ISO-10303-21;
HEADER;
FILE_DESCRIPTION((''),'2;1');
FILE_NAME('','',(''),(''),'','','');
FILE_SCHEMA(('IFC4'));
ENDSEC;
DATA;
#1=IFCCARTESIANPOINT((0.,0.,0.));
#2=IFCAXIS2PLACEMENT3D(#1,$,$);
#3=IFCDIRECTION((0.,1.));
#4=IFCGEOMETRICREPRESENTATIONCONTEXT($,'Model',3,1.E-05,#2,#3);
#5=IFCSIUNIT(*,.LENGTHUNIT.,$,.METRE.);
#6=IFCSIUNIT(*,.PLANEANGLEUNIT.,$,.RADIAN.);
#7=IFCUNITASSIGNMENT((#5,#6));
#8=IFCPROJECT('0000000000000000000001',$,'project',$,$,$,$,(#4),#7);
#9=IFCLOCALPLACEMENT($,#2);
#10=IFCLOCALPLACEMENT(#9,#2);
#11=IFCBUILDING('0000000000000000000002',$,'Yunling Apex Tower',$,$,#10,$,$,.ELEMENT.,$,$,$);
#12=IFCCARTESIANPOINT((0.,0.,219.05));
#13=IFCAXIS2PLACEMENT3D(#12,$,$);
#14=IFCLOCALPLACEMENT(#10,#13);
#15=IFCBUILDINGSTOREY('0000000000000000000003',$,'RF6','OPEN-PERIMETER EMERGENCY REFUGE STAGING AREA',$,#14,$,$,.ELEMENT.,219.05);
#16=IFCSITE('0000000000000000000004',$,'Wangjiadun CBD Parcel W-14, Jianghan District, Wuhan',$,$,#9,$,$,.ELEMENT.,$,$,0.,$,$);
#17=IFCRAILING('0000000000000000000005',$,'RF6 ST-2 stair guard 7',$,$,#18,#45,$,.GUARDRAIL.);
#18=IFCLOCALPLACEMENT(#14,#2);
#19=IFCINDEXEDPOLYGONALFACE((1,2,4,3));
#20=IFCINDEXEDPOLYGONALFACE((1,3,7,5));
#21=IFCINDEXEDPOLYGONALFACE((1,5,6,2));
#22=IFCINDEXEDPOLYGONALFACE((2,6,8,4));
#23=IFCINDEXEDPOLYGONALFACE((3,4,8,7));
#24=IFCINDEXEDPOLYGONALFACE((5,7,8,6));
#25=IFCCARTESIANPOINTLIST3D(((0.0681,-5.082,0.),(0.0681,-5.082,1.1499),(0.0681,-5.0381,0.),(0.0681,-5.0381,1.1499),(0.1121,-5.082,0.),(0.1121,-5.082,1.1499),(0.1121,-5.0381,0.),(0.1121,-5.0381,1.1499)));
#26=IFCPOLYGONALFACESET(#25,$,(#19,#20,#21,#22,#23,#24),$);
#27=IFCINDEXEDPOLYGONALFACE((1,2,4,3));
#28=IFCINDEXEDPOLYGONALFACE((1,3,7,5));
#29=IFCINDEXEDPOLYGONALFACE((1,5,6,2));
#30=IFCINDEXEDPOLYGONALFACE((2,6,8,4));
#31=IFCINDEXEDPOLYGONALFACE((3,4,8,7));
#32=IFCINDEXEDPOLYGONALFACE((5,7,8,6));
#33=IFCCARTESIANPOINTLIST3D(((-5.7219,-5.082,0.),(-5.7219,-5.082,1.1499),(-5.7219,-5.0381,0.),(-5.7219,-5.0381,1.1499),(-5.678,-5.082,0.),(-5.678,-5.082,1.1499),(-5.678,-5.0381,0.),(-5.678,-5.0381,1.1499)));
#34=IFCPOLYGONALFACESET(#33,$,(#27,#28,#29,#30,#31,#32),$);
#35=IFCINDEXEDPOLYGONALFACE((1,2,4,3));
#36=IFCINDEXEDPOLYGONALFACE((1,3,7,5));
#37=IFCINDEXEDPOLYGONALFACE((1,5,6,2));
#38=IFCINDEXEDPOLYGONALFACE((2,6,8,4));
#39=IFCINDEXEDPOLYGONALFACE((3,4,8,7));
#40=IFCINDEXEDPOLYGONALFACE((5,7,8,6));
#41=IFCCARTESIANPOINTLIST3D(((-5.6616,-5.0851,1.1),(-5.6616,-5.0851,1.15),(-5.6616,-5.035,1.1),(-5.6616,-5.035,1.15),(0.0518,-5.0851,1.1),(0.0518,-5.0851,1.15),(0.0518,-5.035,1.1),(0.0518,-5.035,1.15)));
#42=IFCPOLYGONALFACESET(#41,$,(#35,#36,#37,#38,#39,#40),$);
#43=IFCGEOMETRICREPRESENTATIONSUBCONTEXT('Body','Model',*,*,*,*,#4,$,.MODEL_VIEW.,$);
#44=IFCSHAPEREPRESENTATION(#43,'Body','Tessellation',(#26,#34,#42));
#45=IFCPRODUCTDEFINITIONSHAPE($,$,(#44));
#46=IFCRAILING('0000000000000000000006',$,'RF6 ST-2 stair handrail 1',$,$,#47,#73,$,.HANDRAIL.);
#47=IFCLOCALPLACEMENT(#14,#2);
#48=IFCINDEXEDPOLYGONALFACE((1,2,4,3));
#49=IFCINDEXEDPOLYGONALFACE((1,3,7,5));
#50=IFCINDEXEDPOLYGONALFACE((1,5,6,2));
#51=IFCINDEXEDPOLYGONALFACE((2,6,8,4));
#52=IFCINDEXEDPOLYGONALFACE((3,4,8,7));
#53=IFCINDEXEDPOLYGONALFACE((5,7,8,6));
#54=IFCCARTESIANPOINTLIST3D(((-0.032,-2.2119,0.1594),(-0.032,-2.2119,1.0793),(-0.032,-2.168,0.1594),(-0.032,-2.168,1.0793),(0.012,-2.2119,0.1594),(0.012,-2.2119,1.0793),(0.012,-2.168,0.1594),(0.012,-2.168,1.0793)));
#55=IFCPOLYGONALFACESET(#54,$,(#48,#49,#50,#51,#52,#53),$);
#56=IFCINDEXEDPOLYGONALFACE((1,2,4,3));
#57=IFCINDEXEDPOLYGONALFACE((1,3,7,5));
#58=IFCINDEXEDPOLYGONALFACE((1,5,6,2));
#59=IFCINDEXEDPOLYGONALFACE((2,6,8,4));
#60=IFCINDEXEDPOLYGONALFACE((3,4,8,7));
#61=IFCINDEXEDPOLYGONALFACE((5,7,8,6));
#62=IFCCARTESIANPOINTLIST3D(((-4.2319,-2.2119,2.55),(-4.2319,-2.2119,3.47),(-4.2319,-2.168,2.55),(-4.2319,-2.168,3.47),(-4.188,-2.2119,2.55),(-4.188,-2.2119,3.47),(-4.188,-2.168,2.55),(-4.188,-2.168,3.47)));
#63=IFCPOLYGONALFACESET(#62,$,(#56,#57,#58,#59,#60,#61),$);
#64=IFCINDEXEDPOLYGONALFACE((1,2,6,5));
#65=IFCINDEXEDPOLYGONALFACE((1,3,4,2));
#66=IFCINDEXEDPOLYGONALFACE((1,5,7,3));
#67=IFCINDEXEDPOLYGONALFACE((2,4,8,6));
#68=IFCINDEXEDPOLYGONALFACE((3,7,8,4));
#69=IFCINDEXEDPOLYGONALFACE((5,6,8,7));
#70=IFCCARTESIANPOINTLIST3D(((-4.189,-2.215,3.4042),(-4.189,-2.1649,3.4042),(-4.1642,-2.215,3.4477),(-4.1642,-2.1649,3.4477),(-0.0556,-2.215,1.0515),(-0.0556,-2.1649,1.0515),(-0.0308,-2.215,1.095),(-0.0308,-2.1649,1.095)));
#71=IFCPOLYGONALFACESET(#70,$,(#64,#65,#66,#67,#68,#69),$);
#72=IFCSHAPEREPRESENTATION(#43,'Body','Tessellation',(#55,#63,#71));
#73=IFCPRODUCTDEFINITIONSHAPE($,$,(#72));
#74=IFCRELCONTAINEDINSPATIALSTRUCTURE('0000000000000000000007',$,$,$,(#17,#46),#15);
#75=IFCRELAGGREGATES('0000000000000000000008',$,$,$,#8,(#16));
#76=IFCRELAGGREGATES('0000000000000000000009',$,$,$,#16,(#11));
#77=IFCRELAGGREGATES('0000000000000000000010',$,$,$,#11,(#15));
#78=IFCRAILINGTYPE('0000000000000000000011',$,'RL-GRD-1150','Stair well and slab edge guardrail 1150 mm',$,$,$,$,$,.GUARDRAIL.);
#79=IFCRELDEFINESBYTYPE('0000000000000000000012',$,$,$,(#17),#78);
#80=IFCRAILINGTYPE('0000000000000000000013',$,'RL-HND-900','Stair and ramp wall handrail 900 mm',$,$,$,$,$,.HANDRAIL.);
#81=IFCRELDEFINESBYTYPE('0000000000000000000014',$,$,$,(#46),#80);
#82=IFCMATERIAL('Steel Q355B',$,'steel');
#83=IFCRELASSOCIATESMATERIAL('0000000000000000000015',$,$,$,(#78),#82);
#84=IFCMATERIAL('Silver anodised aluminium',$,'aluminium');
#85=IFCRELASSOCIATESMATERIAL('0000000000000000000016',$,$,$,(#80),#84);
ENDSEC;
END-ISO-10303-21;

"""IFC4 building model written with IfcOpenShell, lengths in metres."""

from ifc_helpers import new_model, si_unit, direction, frame, origin, origin_2d, place, context, subcontext, project, spatial, rectangle, extrude, material, type_object, element, save


model = new_model("IFC4")

# Units and contexts
model_context = context("Model", 3, precision=1e-05, world=origin(), true_north=direction((0.0, 1.0)))
body_context = subcontext(model_context, "Body", "Model", "MODEL_VIEW")
ifc_project = project(units=[si_unit("LENGTHUNIT", "METRE"), si_unit("PLANEANGLEUNIT", "RADIAN")], contexts=[model_context])

# Site, building, storey
site_placement = place(None, origin())
site = spatial("IfcSite", under=ifc_project, at=site_placement, Name="Wangjiadun CBD Parcel W-14, Jianghan District, Wuhan", CompositionType="ELEMENT", RefElevation=0.0)
building_placement = place(site_placement, origin())
building = spatial("IfcBuilding", under=site, at=building_placement, Name="Yunling Apex Tower", CompositionType="ELEMENT")
storey_placement = place(building_placement, frame((0.0, 0.0, 219.05)))
storey = spatial("IfcBuildingStorey", under=building, at=storey_placement, Name="RF6", Description="OPEN-PERIMETER EMERGENCY REFUGE STAGING AREA", CompositionType="ELEMENT", Elevation=219.05)

# Shared definitions
ifc_material_1 = material(Name="Steel Q355B", Category="steel")

# Railings
railing_type_1 = type_object("IfcRailingType", Name="RL-GRD-1150", Description="Stair well and slab edge guardrail 1150 mm", PredefinedType="GUARDRAIL", material=ifc_material_1)
railing_1_placement = place(storey_placement, frame((0.0901, -5.0601, 0.0)))
element("IfcRailing", 1, at=railing_1_placement, inside=storey, type_object=railing_type_1, Name="RF6 ST-2 stair guard 7", PredefinedType="GUARDRAIL", context=body_context, shape_type="SweptSolid", body=[
    extrude(rectangle(XDim=0.0439, YDim=0.0439, at=origin_2d()), origin(), (0.0, 0.0, 1.0), 1.1499),
    extrude(rectangle(XDim=0.0439, YDim=0.0439, at=origin_2d()), frame((-5.79, 0.0, 0.0)), (0.0, 0.0, 1.0), 1.1499),
    extrude(rectangle(XDim=0.05, YDim=0.05, at=origin_2d()), frame((-0.0383, 0.0, 1.125), z_axis=(-1.0, 0.0, 0.0), x_axis=(0.0, -1.0, 0.0)), (0.0, 0.0, 1.0), 5.7134),
])
ifc_material_2 = material(Name="Silver anodised aluminium", Category="aluminium")
railing_type_2 = type_object("IfcRailingType", Name="RL-HND-900", Description="Stair and ramp wall handrail 900 mm", PredefinedType="HANDRAIL", material=ifc_material_2)
railing_2_placement = place(storey_placement, frame((-0.01, -2.1899, 0.1594)))
element("IfcRailing", 2, at=railing_2_placement, inside=storey, type_object=railing_type_2, Name="RF6 ST-2 stair handrail 1", PredefinedType="HANDRAIL", context=body_context, shape_type="SweptSolid", body=[
    extrude(rectangle(XDim=0.0439, YDim=0.0439, at=origin_2d()), origin(), (0.0, 0.0, 1.0), 0.9199),
    extrude(rectangle(XDim=0.0439, YDim=0.0439, at=origin_2d()), frame((-4.2, 0.0, 2.3906)), (0.0, 0.0, 1.0), 0.9199),
    extrude(rectangle(XDim=0.05, YDim=0.05, at=origin_2d()), frame((-0.0332, 0.0, 0.9138), z_axis=(-0.869075, 0.0, 0.49468), x_axis=(0.0, -1.0, 0.0)), (0.0, 0.0, 1.0), 4.7561),
])

save(model, "model.ifc")
